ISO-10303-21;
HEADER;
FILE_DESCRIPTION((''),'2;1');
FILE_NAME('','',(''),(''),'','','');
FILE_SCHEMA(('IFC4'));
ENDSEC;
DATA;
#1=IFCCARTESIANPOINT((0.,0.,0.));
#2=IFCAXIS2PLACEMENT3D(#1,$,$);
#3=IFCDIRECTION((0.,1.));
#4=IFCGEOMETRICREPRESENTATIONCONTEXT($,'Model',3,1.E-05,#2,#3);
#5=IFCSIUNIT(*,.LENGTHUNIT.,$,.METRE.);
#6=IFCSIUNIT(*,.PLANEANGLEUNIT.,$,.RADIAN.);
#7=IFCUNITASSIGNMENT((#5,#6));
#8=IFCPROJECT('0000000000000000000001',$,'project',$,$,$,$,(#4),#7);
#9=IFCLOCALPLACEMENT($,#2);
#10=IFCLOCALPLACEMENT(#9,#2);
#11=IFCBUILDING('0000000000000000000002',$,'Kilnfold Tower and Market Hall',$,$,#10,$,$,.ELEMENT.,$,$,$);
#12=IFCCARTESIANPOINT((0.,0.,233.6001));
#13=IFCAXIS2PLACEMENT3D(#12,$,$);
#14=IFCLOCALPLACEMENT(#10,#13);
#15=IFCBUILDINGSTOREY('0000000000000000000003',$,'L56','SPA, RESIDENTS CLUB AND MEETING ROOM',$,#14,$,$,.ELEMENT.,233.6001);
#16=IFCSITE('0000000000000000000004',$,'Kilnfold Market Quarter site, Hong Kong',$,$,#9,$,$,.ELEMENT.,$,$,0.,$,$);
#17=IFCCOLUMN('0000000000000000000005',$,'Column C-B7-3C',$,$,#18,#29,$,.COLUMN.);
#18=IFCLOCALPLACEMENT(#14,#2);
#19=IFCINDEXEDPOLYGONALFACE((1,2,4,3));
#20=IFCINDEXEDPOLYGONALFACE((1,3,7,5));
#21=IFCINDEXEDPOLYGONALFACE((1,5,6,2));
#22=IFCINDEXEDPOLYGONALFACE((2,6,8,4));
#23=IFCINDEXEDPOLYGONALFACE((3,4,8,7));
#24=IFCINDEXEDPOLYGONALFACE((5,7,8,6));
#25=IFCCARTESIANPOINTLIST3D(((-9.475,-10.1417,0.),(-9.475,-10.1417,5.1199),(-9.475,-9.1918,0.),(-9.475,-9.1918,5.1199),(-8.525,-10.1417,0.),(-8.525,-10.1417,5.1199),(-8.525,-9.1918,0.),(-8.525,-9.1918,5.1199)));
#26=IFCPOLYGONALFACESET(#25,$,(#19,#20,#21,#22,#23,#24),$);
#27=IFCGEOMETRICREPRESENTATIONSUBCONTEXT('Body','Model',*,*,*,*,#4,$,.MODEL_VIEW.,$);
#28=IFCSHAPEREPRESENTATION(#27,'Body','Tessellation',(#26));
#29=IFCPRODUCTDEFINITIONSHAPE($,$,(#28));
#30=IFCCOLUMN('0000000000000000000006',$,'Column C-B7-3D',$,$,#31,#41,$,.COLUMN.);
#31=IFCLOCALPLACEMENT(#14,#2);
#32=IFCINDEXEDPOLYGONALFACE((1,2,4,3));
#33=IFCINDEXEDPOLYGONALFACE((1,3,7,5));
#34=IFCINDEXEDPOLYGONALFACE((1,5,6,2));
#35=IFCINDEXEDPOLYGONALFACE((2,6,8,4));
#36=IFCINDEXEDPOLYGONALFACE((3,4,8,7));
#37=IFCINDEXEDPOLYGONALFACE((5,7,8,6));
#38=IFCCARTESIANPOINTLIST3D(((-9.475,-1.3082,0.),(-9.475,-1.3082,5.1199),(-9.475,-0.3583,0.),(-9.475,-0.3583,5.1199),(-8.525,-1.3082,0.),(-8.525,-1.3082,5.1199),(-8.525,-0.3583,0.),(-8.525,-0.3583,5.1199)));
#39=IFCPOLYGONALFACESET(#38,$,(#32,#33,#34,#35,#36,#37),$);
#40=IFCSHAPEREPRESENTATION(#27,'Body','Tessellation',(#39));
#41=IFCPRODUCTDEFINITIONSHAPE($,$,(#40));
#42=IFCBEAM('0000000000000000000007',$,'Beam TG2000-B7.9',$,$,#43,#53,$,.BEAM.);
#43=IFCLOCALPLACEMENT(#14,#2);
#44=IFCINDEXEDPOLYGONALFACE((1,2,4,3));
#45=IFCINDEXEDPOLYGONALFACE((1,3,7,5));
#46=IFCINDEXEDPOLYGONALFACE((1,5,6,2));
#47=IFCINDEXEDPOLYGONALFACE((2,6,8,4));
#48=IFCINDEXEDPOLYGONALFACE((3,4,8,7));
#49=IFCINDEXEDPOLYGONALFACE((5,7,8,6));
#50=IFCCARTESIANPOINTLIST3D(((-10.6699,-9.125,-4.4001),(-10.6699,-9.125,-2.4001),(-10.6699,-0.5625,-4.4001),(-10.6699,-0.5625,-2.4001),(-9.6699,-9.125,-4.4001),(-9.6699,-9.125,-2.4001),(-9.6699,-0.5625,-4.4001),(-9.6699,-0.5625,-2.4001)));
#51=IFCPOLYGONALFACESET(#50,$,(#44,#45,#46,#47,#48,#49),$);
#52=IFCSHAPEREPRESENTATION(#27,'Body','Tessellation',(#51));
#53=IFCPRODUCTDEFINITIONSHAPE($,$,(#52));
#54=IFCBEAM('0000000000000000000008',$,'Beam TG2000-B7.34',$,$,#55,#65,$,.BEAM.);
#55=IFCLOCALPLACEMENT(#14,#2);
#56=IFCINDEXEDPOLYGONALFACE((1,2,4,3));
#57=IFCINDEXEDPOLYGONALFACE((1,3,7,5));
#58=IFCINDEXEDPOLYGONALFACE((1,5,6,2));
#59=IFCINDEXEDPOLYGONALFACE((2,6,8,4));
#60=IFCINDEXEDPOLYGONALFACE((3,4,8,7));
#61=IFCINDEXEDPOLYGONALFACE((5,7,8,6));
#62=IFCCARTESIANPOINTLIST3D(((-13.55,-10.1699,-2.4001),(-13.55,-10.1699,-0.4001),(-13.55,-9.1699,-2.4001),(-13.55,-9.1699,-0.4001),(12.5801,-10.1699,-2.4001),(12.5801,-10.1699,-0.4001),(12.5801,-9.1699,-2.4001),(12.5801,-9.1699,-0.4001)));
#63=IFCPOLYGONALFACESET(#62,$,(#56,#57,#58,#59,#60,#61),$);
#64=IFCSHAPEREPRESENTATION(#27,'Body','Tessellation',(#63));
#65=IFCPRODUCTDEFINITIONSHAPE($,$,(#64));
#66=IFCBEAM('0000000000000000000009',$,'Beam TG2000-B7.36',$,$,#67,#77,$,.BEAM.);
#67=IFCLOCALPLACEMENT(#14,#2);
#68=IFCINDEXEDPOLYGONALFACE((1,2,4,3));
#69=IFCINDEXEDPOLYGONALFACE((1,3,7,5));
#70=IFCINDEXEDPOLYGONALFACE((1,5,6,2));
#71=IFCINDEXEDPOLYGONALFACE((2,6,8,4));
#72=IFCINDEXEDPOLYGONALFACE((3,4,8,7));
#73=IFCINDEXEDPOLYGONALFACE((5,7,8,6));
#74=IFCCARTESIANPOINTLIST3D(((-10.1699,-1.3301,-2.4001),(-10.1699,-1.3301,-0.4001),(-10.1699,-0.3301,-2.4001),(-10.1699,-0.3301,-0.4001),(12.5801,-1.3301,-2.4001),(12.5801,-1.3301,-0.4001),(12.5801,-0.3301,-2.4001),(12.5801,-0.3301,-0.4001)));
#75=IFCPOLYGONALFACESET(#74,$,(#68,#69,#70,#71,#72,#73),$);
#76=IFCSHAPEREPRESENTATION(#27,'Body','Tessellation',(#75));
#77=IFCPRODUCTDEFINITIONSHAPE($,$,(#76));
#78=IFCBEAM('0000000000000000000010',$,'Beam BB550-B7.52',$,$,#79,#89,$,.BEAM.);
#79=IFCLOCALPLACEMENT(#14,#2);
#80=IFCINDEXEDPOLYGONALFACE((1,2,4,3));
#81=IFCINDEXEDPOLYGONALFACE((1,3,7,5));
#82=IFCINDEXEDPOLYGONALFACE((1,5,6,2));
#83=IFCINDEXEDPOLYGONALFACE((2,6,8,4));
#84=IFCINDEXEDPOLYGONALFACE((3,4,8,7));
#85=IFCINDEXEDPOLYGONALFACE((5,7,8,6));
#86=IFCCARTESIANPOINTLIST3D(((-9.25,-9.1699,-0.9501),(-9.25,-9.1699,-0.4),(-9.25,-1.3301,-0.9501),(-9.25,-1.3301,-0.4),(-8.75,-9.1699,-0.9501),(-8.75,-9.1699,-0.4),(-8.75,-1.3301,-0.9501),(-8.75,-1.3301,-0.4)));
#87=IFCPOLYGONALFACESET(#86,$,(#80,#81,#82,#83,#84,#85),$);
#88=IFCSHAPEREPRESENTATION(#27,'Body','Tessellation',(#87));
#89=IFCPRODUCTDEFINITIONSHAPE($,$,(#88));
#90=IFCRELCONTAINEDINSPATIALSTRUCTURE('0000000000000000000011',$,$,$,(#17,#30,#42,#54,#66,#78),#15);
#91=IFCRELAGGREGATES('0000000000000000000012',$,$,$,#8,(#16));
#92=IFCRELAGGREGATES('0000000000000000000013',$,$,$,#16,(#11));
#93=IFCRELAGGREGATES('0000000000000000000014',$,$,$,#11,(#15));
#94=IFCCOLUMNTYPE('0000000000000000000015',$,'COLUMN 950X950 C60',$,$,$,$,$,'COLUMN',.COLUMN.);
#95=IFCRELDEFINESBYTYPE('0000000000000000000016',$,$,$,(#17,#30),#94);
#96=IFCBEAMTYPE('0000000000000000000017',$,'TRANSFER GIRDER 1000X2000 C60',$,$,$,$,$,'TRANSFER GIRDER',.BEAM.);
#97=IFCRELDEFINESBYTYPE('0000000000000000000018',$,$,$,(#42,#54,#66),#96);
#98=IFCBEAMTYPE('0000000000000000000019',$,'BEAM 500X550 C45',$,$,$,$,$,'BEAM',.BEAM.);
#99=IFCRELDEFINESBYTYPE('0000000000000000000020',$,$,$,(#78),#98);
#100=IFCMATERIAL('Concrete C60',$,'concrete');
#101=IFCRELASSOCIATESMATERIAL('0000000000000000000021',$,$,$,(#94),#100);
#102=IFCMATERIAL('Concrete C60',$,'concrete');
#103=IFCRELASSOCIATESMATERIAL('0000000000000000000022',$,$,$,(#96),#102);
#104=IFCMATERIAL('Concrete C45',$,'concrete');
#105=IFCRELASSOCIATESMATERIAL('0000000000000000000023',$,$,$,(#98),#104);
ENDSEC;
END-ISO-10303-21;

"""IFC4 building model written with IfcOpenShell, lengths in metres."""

from ifc_helpers import new_model, si_unit, direction, frame, origin, origin_2d, place, context, subcontext, project, spatial, rectangle, extrude, source, transform, mapped, material, material_profile, profile_set, type_object, element, save


model = new_model("IFC4")

# Units and contexts
model_context = context("Model", 3, precision=1e-05, world=origin(), true_north=direction((0.0, 1.0)))
body_context = subcontext(model_context, "Body", "Model", "MODEL_VIEW")
ifc_project = project(units=[si_unit("LENGTHUNIT", "METRE"), si_unit("PLANEANGLEUNIT", "RADIAN")], contexts=[model_context])

# Site, building, storey
site_placement = place(None, origin())
site = spatial("IfcSite", under=ifc_project, at=site_placement, Name="Kilnfold Market Quarter site, Hong Kong", CompositionType="ELEMENT", RefElevation=0.0)
building_placement = place(site_placement, origin())
building = spatial("IfcBuilding", under=site, at=building_placement, Name="Kilnfold Tower and Market Hall", CompositionType="ELEMENT")
storey_placement = place(building_placement, frame((0.0, 0.0, 233.6001)))
storey = spatial("IfcBuildingStorey", under=building, at=storey_placement, Name="L56", Description="SPA, RESIDENTS CLUB AND MEETING ROOM", CompositionType="ELEMENT", Elevation=233.6001)

# Columns
ifc_material_1 = material(Name="Concrete C60", Category="concrete")
ifc_material_profile_1 = material_profile(ifc_material_1, rectangle(XDim=0.95, YDim=0.95, at=origin_2d()), Name="RC 950x950")
ifc_profile_set_1 = profile_set([ifc_material_profile_1], Name="Concrete C60")
column_type = type_object("IfcColumnType", Name="COLUMN 950X950 C60", ElementType="COLUMN", PredefinedType="COLUMN", material=ifc_profile_set_1)
shared_shape_1 = source(origin(), body_context, "Body", "SweptSolid", [
    extrude(rectangle(XDim=0.95, YDim=0.95, at=origin_2d()), origin(), (0.0, 0.0, 1.0), 5.1199),
])
for number, where, z_axis, x_axis, name in (
    (1, (-9.0, -9.6667, 0.0), (0.0, 0.0, 1.0), (1.0, 0.0, 0.0), "Column C-B7-3C"),
    (2, (-9.0, -0.8333, 0.0), (0.0, 0.0, 1.0), (1.0, 0.0, 0.0), "Column C-B7-3D"),
):
    element("IfcColumn", number, at=place(storey_placement, frame(where, z_axis=z_axis, x_axis=x_axis)), inside=storey, type_object=column_type, Name=name, PredefinedType="COLUMN", context=body_context, shape_type="MappedRepresentation", body=[
        mapped(shared_shape_1, transform((0.0, 0.0, 0.0))),
    ])

# Beams
ifc_material_2 = material(Name="Concrete C60", Category="concrete")
ifc_material_profile_2 = material_profile(ifc_material_2, rectangle(XDim=1.0, YDim=2.0, at=origin_2d()), Name="RC 1000x2000")
ifc_profile_set_2 = profile_set([ifc_material_profile_2], Name="Concrete C60")
beam_type_1 = type_object("IfcBeamType", Name="TRANSFER GIRDER 1000X2000 C60", ElementType="TRANSFER GIRDER", PredefinedType="BEAM", material=ifc_profile_set_2)
shared_shape_2 = source(origin(), body_context, "Body", "SweptSolid", [
    extrude(rectangle(XDim=1.0, YDim=2.0, at=origin_2d()), origin(), (0.0, 0.0, 1.0), 8.5625),
])
beam_1_placement = place(storey_placement, frame((-10.1699, -9.125, -3.4001), z_axis=(0.0, 1.0, 0.0), x_axis=(-1.0, 0.0, 0.0)))
element("IfcBeam", 3, at=beam_1_placement, inside=storey, type_object=beam_type_1, Name="Beam TG2000-B7.9", PredefinedType="BEAM", context=body_context, shape_type="MappedRepresentation", body=[
    mapped(shared_shape_2, transform((0.0, 0.0, 0.0))),
])
shared_shape_3 = source(origin(), body_context, "Body", "SweptSolid", [
    extrude(rectangle(XDim=1.0, YDim=2.0, at=origin_2d()), origin(), (0.0, 0.0, 1.0), 26.1301),
])
beam_2_placement = place(storey_placement, frame((-13.55, -9.6699, -1.4001), z_axis=(1.0, 0.0, 0.0), x_axis=(0.0, 1.0, 0.0)))
element("IfcBeam", 4, at=beam_2_placement, inside=storey, type_object=beam_type_1, Name="Beam TG2000-B7.34", PredefinedType="BEAM", context=body_context, shape_type="MappedRepresentation", body=[
    mapped(shared_shape_3, transform((0.0, 0.0, 0.0))),
])
shared_shape_4 = source(origin(), body_context, "Body", "SweptSolid", [
    extrude(rectangle(XDim=1.0, YDim=2.0, at=origin_2d()), origin(), (0.0, 0.0, 1.0), 22.75),
])
beam_3_placement = place(storey_placement, frame((-10.1699, -0.8301, -1.4001), z_axis=(1.0, 0.0, 0.0), x_axis=(0.0, 1.0, 0.0)))
element("IfcBeam", 5, at=beam_3_placement, inside=storey, type_object=beam_type_1, Name="Beam TG2000-B7.36", PredefinedType="BEAM", context=body_context, shape_type="MappedRepresentation", body=[
    mapped(shared_shape_4, transform((0.0, 0.0, 0.0))),
])
ifc_material_3 = material(Name="Concrete C45", Category="concrete")
ifc_material_profile_3 = material_profile(ifc_material_3, rectangle(XDim=0.5, YDim=0.55, at=origin_2d()), Name="RC 500x550")
ifc_profile_set_3 = profile_set([ifc_material_profile_3], Name="Concrete C45")
beam_type_2 = type_object("IfcBeamType", Name="BEAM 500X550 C45", ElementType="BEAM", PredefinedType="BEAM", material=ifc_profile_set_3)
shared_shape_5 = source(origin(), body_context, "Body", "SweptSolid", [
    extrude(rectangle(XDim=0.5, YDim=0.55, at=origin_2d()), origin(), (0.0, 0.0, 1.0), 7.8398),
])
beam_4_placement = place(storey_placement, frame((-9.0, -9.1699, -0.675), z_axis=(0.0, 1.0, 0.0), x_axis=(-1.0, 0.0, 0.0)))
element("IfcBeam", 6, at=beam_4_placement, inside=storey, type_object=beam_type_2, Name="Beam BB550-B7.52", PredefinedType="BEAM", context=body_context, shape_type="MappedRepresentation", body=[
    mapped(shared_shape_5, transform((0.0, 0.0, 0.0))),
])

save(model, "model.ifc")
